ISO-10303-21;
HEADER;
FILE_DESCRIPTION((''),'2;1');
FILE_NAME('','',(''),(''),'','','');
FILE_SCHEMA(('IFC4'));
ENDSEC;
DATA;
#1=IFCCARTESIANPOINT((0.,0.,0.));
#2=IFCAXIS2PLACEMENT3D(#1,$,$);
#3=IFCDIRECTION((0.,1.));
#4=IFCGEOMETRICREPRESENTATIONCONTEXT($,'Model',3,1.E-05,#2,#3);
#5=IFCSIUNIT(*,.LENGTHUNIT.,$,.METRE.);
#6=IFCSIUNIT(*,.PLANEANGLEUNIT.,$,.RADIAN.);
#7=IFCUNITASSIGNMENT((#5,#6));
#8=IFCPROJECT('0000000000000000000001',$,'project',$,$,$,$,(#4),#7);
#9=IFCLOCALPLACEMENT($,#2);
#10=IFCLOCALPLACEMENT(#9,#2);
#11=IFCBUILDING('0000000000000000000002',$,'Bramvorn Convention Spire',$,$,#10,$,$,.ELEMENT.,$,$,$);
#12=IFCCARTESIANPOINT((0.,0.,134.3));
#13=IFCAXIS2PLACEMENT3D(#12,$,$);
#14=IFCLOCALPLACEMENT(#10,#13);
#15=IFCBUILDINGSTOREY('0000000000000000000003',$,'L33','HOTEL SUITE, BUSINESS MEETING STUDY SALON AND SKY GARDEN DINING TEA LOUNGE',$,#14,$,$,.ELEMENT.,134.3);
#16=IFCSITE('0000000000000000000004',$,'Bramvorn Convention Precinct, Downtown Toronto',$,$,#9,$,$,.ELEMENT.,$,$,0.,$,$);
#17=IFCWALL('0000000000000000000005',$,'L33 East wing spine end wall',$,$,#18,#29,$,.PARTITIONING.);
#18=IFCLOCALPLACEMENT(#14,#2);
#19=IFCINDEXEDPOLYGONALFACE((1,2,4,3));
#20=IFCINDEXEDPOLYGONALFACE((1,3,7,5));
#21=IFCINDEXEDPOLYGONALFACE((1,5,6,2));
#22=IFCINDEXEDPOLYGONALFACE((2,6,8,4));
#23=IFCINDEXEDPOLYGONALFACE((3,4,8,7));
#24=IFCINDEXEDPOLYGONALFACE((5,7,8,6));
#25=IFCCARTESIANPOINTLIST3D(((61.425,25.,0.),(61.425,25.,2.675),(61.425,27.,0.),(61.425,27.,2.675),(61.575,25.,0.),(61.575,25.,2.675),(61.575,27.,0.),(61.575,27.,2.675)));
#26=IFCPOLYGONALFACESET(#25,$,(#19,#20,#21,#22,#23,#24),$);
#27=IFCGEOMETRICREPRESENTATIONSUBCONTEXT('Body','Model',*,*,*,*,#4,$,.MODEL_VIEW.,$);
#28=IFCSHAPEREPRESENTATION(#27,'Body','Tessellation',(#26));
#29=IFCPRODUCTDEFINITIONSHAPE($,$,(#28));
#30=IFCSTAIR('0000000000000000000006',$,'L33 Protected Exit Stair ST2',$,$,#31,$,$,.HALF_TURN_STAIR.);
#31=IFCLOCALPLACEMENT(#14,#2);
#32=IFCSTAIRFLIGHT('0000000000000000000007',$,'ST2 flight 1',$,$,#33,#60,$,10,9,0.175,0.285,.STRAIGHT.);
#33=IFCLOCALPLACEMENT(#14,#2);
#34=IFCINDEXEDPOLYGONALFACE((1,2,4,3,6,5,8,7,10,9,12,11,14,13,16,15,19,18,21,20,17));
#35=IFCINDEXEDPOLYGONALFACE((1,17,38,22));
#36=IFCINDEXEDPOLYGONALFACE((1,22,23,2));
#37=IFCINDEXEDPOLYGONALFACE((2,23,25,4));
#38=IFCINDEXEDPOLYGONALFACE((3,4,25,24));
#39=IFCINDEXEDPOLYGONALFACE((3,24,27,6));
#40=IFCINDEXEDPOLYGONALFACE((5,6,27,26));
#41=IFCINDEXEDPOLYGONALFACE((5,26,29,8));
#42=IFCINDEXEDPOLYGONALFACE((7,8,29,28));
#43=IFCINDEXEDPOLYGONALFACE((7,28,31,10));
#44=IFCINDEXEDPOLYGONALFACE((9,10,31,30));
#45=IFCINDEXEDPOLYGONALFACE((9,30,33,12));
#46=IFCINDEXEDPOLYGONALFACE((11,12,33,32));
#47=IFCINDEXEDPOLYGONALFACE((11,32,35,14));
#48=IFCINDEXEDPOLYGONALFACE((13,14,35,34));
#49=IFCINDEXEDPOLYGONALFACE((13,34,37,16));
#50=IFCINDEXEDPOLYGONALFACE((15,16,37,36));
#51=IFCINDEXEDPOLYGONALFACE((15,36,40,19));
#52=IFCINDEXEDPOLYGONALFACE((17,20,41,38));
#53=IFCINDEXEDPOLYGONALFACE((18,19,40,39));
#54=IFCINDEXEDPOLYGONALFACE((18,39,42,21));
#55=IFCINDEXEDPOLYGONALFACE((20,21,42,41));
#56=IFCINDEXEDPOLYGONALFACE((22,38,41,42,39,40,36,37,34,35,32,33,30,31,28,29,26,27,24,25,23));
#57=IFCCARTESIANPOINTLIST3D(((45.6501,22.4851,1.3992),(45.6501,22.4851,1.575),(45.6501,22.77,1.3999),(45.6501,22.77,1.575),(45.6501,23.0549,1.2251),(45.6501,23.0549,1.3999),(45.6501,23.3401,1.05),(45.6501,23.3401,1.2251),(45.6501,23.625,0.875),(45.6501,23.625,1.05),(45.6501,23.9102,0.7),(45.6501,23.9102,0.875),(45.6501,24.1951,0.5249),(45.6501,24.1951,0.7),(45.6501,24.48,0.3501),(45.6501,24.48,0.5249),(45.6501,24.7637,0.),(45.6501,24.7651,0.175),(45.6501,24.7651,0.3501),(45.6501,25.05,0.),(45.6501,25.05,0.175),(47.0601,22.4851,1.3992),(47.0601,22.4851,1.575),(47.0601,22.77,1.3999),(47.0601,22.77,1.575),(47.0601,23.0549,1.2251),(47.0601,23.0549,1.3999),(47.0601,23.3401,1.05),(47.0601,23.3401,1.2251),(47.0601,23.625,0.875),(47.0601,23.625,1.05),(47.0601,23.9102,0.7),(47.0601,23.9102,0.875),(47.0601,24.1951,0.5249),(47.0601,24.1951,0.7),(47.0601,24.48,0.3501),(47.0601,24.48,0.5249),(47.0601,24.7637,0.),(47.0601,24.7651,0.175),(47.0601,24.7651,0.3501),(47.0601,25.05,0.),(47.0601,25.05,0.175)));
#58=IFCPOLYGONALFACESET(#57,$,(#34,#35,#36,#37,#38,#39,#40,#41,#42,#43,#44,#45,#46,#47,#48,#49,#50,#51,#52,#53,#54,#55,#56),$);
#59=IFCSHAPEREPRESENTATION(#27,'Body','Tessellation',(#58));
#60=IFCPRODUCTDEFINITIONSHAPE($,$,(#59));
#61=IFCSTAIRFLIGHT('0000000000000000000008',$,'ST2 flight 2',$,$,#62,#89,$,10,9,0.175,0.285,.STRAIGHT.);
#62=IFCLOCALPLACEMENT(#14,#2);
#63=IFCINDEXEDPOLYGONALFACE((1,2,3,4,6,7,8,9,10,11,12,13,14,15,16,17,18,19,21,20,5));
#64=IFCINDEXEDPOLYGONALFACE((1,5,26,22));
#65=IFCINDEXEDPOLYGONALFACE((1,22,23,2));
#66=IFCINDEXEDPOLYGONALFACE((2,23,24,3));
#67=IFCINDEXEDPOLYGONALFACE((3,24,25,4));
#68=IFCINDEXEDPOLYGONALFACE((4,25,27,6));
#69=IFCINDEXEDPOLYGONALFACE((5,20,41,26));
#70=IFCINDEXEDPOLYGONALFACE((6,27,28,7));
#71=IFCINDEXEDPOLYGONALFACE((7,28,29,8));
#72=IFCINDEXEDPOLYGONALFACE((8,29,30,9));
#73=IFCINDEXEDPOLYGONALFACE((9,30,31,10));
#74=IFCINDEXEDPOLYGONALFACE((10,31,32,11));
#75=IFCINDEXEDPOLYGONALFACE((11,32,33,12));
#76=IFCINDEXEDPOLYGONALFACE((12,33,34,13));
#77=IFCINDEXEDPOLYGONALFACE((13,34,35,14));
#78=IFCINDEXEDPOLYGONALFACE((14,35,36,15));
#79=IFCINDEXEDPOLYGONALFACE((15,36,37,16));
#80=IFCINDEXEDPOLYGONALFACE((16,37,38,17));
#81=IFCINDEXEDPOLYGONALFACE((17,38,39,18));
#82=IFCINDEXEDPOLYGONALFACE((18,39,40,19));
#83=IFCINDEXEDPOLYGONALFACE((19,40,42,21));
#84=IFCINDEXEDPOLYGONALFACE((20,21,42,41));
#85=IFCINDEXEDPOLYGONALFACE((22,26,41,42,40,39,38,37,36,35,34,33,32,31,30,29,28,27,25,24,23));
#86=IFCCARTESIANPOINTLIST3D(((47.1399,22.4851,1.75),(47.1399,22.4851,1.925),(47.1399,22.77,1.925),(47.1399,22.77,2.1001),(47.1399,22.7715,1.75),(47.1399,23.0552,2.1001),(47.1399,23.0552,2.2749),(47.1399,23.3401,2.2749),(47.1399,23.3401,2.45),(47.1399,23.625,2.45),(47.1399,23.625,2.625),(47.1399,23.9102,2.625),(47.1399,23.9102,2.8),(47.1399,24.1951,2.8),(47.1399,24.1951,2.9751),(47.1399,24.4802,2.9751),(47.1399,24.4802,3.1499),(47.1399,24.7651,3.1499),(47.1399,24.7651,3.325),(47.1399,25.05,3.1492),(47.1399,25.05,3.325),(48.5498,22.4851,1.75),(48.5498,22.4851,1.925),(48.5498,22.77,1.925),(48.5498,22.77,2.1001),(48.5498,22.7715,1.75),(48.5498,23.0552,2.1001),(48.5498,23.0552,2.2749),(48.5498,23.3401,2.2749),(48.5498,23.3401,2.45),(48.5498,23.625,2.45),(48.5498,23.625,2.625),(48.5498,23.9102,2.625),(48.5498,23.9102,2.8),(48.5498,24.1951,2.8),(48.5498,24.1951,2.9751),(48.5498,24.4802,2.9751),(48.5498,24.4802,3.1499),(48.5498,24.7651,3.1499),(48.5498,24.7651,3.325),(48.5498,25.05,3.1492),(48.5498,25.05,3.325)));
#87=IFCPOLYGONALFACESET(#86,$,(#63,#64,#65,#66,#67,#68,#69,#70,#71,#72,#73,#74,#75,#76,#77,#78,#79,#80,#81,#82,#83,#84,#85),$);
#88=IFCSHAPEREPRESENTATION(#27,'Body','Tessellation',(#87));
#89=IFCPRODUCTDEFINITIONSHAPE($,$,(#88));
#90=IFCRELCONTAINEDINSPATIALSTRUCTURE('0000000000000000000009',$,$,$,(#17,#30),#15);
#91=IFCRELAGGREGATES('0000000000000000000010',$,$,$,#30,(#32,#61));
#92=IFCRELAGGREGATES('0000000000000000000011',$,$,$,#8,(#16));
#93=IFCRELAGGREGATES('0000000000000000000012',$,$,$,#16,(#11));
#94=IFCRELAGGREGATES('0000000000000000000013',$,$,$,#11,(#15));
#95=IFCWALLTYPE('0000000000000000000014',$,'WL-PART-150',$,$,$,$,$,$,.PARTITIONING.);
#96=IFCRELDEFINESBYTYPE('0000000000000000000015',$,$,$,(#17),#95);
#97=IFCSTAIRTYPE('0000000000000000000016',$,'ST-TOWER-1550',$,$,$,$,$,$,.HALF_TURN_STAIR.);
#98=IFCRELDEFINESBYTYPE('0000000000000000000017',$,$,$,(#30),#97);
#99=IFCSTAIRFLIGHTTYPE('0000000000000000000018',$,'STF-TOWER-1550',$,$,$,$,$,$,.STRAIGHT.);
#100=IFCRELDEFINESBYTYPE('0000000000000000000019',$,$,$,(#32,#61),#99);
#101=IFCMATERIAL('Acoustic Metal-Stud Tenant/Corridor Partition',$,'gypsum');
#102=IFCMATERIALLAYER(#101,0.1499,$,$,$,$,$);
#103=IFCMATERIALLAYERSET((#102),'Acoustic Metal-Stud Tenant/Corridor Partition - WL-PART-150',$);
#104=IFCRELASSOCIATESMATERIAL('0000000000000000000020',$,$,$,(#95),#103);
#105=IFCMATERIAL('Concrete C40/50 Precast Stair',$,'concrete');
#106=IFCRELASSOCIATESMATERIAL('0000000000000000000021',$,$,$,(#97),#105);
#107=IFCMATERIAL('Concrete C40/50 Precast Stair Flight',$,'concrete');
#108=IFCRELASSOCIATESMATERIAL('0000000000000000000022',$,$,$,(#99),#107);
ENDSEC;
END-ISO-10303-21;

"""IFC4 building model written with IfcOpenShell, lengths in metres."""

from ifc_helpers import new_model, si_unit, direction, frame, frame_2d, origin, place, context, subcontext, project, spatial, polyline, rectangle, outline, extrude, material, layer, layer_set, type_object, element, aggregate, save


model = new_model("IFC4")

# Units and contexts
model_context = context("Model", 3, precision=1e-05, world=origin(), true_north=direction((0.0, 1.0)))
body_context = subcontext(model_context, "Body", "Model", "MODEL_VIEW")
ifc_project = project(units=[si_unit("LENGTHUNIT", "METRE"), si_unit("PLANEANGLEUNIT", "RADIAN")], contexts=[model_context])

# Site, building, storey
site_placement = place(None, origin())
site = spatial("IfcSite", under=ifc_project, at=site_placement, Name="Bramvorn Convention Precinct, Downtown Toronto", CompositionType="ELEMENT", RefElevation=0.0)
building_placement = place(site_placement, origin())
building = spatial("IfcBuilding", under=site, at=building_placement, Name="Bramvorn Convention Spire", CompositionType="ELEMENT")
storey_placement = place(building_placement, frame((0.0, 0.0, 134.3)))
storey = spatial("IfcBuildingStorey", under=building, at=storey_placement, Name="L33", Description="HOTEL SUITE, BUSINESS MEETING STUDY SALON AND SKY GARDEN DINING TEA LOUNGE", CompositionType="ELEMENT", Elevation=134.3)

# Shared definitions
ifc_material_1 = material(Name="Acoustic Metal-Stud Tenant/Corridor Partition", Category="gypsum")
ifc_layer_1 = layer(ifc_material_1, 0.1499)
ifc_layer_set_1 = layer_set([ifc_layer_1], Name="Acoustic Metal-Stud Tenant/Corridor Partition - WL-PART-150")
wall_type_1 = type_object("IfcWallType", Name="WL-PART-150", PredefinedType="PARTITIONING", material=ifc_layer_set_1)

# Wall
wall_1_placement = place(storey_placement, frame((61.5, 25.0, 0.0), z_axis=(0.0, 0.0, 1.0), x_axis=(0.0, 1.0, 0.0)))
element("IfcWall", 1, at=wall_1_placement, inside=storey, type_object=wall_type_1, Name="L33 East wing spine end wall", PredefinedType="PARTITIONING", context=body_context, shape_type="SweptSolid", body=[
    extrude(rectangle(XDim=2.0, YDim=0.1499, at=frame_2d((1.0, 0.0))), origin(), (0.0, 0.0, 1.0), 2.675),
])

# Stair, stair flights
ifc_material_2 = material(Name="Concrete C40/50 Precast Stair", Category="concrete")
stair_type = type_object("IfcStairType", Name="ST-TOWER-1550", PredefinedType="HALF_TURN_STAIR", material=ifc_material_2)
stair_placement = place(storey_placement, origin())
stair = element("IfcStair", 2, at=stair_placement, inside=storey, type_object=stair_type, Name="L33 Protected Exit Stair ST2", PredefinedType="HALF_TURN_STAIR")
ifc_material_3 = material(Name="Concrete C40/50 Precast Stair Flight", Category="concrete")
stair_flight_type = type_object("IfcStairFlightType", Name="STF-TOWER-1550", PredefinedType="STRAIGHT", material=ifc_material_3)
stair_flight_1_placement = place(storey_placement, frame((46.355, 25.05, 0.0), z_axis=(0.0, 0.0, 1.0), x_axis=(0.0, -1.0, 0.0)))
stair_flight_1 = element("IfcStairFlight", 3, at=stair_flight_1_placement, type_object=stair_flight_type, Name="ST2 flight 1", NumberOfRisers=10, NumberOfTreads=9, PredefinedType="STRAIGHT", RiserHeight=0.175, TreadLength=0.285, context=body_context, shape_type="SweptSolid", body=[
    extrude(outline(polyline([(0.0, 0.0), (0.0, 0.175), (0.2849, 0.175), (0.2849, 0.3501), (0.5701, 0.3501), (0.5701, 0.5249), (0.855, 0.5249), (0.855, 0.7), (1.1399, 0.7), (1.1399, 0.875), (1.425, 0.875), (1.425, 1.05), (1.71, 1.05), (1.71, 1.2251), (1.9951, 1.2251), (1.9951, 1.3999), (2.28, 1.3999), (2.28, 1.575), (2.5649, 1.575), (2.5649, 1.75), (2.5649, 1.3992), (0.2864, 0.0), (0.0, 0.0)])), frame((0.0, 0.7051, 0.0), z_axis=(0.0, -1.0, 0.0), x_axis=(1.0, 0.0, 0.0)), (0.0, 0.0, 1.0), 1.4099),
])
stair_flight_2_placement = place(storey_placement, frame((47.845, 22.4851, 1.75), z_axis=(0.0, 0.0, 1.0), x_axis=(0.0, 1.0, 0.0)))
stair_flight_2 = element("IfcStairFlight", 4, at=stair_flight_2_placement, type_object=stair_flight_type, Name="ST2 flight 2", NumberOfRisers=10, NumberOfTreads=9, PredefinedType="STRAIGHT", RiserHeight=0.175, TreadLength=0.285, context=body_context, shape_type="SweptSolid", body=[
    extrude(outline(polyline([(0.0, 0.0), (0.0, 0.175), (0.2849, 0.175), (0.2849, 0.3501), (0.5701, 0.3501), (0.5701, 0.5249), (0.855, 0.5249), (0.855, 0.7), (1.1399, 0.7), (1.1399, 0.875), (1.425, 0.875), (1.425, 1.05), (1.71, 1.05), (1.71, 1.2251), (1.9951, 1.2251), (1.9951, 1.3999), (2.28, 1.3999), (2.28, 1.575), (2.5649, 1.575), (2.5649, 1.75), (2.5649, 1.3992), (0.2864, 0.0), (0.0, 0.0)])), frame((0.0, 0.7051, 0.0), z_axis=(0.0, -1.0, 0.0), x_axis=(1.0, 0.0, 0.0)), (0.0, 0.0, 1.0), 1.4099),
])
aggregate(stair, [stair_flight_1, stair_flight_2])

save(model, "model.ifc")
